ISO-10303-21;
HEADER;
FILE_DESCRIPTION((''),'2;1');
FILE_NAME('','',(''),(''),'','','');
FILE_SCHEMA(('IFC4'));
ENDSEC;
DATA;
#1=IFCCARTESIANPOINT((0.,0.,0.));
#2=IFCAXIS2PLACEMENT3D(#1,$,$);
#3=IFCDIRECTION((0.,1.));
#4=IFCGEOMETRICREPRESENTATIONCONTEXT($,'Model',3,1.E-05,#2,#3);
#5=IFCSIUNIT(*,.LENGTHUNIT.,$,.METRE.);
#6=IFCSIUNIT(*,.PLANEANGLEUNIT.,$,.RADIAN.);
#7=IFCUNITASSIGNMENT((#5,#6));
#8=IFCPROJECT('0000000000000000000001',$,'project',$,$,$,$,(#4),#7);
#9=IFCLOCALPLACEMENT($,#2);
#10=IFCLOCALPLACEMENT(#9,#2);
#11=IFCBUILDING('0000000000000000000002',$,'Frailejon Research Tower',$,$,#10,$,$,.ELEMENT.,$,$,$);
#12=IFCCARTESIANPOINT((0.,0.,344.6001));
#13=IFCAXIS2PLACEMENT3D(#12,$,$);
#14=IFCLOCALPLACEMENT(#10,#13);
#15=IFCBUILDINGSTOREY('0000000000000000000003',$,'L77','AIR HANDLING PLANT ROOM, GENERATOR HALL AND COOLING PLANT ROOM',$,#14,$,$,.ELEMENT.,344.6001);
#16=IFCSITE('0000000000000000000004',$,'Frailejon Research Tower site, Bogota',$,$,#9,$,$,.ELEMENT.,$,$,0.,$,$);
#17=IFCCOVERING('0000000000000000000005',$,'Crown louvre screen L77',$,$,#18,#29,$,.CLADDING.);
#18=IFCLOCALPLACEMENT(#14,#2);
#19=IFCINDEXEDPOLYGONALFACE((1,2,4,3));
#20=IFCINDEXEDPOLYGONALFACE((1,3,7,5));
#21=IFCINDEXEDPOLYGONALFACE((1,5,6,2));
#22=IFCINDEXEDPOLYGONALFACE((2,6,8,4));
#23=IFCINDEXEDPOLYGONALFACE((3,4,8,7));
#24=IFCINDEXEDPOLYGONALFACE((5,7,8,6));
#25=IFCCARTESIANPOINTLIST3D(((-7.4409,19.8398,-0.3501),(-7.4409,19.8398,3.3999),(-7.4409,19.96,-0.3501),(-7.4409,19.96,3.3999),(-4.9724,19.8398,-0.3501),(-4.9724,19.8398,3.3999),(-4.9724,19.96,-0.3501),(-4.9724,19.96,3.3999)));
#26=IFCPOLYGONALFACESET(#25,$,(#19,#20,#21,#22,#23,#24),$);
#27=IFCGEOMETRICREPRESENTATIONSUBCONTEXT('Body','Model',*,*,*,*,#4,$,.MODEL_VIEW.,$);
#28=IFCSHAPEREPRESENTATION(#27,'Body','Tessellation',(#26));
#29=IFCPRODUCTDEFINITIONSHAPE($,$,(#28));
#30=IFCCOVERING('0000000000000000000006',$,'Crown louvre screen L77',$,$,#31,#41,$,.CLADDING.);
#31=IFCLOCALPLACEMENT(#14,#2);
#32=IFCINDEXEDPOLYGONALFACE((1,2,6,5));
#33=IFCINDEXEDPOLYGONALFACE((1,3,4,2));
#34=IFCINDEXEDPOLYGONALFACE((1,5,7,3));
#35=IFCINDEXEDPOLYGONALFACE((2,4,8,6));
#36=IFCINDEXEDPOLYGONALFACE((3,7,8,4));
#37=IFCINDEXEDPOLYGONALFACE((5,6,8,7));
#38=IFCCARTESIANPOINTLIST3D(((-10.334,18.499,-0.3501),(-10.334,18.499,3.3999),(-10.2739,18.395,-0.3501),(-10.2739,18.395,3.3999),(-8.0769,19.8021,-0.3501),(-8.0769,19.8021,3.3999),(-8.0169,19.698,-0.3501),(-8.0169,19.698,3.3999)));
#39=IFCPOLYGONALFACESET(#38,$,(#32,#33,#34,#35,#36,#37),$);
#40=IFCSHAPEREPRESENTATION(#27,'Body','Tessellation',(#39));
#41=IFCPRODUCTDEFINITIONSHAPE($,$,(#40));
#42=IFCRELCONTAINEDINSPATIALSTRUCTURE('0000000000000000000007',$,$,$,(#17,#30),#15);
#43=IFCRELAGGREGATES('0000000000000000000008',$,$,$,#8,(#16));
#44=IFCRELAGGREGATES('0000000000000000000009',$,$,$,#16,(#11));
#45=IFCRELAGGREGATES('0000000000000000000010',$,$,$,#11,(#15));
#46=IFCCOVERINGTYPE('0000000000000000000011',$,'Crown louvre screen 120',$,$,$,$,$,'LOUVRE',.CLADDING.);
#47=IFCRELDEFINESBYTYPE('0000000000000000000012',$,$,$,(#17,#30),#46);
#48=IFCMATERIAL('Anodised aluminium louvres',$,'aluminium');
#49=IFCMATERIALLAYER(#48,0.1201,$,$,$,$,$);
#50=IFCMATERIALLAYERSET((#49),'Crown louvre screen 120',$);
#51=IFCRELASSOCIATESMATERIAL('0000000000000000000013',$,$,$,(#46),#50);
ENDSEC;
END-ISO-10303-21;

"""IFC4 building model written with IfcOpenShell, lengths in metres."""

from ifc_helpers import new_model, si_unit, direction, frame, origin, place, context, subcontext, project, spatial, polyline, outline, extrude, material, layer, layer_set, type_object, element, save


model = new_model("IFC4")

# Units and contexts
model_context = context("Model", 3, precision=1e-05, world=origin(), true_north=direction((0.0, 1.0)))
body_context = subcontext(model_context, "Body", "Model", "MODEL_VIEW")
ifc_project = project(units=[si_unit("LENGTHUNIT", "METRE"), si_unit("PLANEANGLEUNIT", "RADIAN")], contexts=[model_context])

# Site, building, storey
site_placement = place(None, origin())
site = spatial("IfcSite", under=ifc_project, at=site_placement, Name="Frailejon Research Tower site, Bogota", CompositionType="ELEMENT", RefElevation=0.0)
building_placement = place(site_placement, origin())
building = spatial("IfcBuilding", under=site, at=building_placement, Name="Frailejon Research Tower", CompositionType="ELEMENT")
storey_placement = place(building_placement, frame((0.0, 0.0, 344.6001)))
storey = spatial("IfcBuildingStorey", under=building, at=storey_placement, Name="L77", Description="AIR HANDLING PLANT ROOM, GENERATOR HALL AND COOLING PLANT ROOM", CompositionType="ELEMENT", Elevation=344.6001)

# Coverings
ifc_material_1 = material(Name="Anodised aluminium louvres", Category="aluminium")
ifc_layer_1 = layer(ifc_material_1, 0.1201)
ifc_layer_set_1 = layer_set([ifc_layer_1], Name="Crown louvre screen 120")
covering_type = type_object("IfcCoveringType", Name="Crown louvre screen 120", ElementType="LOUVRE", PredefinedType="CLADDING", material=ifc_layer_set_1)
covering_1_placement = place(storey_placement, frame((-7.4409, 19.8999, -0.3501), z_axis=(1.0, 0.0, 0.0), x_axis=(0.0, 1.0, 0.0)))
element("IfcCovering", 1, at=covering_1_placement, inside=storey, type_object=covering_type, Name="Crown louvre screen L77", PredefinedType="CLADDING", context=body_context, shape_type="SweptSolid", body=[
    extrude(outline(polyline([(-0.0601, 0.0), (0.0601, 0.0), (0.0601, 3.75), (-0.0601, 3.75), (-0.0601, 0.0)])), origin(), (0.0, 0.0, 1.0), 2.4685),
])
covering_2_placement = place(storey_placement, frame((-10.304, 18.447, -0.3501), z_axis=(0.866039, 0.499977, 0.0), x_axis=(-0.499977, 0.866039, 0.0)))
element("IfcCovering", 2, at=covering_2_placement, inside=storey, type_object=covering_type, Name="Crown louvre screen L77", PredefinedType="CLADDING", context=body_context, shape_type="SweptSolid", body=[
    extrude(outline(polyline([(-0.0601, 0.0), (0.0601, 0.0), (0.0601, 3.75), (-0.0601, 3.75), (-0.0601, 0.0)])), origin(), (0.0, 0.0, 1.0), 2.6062),
])

save(model, "model.ifc")
